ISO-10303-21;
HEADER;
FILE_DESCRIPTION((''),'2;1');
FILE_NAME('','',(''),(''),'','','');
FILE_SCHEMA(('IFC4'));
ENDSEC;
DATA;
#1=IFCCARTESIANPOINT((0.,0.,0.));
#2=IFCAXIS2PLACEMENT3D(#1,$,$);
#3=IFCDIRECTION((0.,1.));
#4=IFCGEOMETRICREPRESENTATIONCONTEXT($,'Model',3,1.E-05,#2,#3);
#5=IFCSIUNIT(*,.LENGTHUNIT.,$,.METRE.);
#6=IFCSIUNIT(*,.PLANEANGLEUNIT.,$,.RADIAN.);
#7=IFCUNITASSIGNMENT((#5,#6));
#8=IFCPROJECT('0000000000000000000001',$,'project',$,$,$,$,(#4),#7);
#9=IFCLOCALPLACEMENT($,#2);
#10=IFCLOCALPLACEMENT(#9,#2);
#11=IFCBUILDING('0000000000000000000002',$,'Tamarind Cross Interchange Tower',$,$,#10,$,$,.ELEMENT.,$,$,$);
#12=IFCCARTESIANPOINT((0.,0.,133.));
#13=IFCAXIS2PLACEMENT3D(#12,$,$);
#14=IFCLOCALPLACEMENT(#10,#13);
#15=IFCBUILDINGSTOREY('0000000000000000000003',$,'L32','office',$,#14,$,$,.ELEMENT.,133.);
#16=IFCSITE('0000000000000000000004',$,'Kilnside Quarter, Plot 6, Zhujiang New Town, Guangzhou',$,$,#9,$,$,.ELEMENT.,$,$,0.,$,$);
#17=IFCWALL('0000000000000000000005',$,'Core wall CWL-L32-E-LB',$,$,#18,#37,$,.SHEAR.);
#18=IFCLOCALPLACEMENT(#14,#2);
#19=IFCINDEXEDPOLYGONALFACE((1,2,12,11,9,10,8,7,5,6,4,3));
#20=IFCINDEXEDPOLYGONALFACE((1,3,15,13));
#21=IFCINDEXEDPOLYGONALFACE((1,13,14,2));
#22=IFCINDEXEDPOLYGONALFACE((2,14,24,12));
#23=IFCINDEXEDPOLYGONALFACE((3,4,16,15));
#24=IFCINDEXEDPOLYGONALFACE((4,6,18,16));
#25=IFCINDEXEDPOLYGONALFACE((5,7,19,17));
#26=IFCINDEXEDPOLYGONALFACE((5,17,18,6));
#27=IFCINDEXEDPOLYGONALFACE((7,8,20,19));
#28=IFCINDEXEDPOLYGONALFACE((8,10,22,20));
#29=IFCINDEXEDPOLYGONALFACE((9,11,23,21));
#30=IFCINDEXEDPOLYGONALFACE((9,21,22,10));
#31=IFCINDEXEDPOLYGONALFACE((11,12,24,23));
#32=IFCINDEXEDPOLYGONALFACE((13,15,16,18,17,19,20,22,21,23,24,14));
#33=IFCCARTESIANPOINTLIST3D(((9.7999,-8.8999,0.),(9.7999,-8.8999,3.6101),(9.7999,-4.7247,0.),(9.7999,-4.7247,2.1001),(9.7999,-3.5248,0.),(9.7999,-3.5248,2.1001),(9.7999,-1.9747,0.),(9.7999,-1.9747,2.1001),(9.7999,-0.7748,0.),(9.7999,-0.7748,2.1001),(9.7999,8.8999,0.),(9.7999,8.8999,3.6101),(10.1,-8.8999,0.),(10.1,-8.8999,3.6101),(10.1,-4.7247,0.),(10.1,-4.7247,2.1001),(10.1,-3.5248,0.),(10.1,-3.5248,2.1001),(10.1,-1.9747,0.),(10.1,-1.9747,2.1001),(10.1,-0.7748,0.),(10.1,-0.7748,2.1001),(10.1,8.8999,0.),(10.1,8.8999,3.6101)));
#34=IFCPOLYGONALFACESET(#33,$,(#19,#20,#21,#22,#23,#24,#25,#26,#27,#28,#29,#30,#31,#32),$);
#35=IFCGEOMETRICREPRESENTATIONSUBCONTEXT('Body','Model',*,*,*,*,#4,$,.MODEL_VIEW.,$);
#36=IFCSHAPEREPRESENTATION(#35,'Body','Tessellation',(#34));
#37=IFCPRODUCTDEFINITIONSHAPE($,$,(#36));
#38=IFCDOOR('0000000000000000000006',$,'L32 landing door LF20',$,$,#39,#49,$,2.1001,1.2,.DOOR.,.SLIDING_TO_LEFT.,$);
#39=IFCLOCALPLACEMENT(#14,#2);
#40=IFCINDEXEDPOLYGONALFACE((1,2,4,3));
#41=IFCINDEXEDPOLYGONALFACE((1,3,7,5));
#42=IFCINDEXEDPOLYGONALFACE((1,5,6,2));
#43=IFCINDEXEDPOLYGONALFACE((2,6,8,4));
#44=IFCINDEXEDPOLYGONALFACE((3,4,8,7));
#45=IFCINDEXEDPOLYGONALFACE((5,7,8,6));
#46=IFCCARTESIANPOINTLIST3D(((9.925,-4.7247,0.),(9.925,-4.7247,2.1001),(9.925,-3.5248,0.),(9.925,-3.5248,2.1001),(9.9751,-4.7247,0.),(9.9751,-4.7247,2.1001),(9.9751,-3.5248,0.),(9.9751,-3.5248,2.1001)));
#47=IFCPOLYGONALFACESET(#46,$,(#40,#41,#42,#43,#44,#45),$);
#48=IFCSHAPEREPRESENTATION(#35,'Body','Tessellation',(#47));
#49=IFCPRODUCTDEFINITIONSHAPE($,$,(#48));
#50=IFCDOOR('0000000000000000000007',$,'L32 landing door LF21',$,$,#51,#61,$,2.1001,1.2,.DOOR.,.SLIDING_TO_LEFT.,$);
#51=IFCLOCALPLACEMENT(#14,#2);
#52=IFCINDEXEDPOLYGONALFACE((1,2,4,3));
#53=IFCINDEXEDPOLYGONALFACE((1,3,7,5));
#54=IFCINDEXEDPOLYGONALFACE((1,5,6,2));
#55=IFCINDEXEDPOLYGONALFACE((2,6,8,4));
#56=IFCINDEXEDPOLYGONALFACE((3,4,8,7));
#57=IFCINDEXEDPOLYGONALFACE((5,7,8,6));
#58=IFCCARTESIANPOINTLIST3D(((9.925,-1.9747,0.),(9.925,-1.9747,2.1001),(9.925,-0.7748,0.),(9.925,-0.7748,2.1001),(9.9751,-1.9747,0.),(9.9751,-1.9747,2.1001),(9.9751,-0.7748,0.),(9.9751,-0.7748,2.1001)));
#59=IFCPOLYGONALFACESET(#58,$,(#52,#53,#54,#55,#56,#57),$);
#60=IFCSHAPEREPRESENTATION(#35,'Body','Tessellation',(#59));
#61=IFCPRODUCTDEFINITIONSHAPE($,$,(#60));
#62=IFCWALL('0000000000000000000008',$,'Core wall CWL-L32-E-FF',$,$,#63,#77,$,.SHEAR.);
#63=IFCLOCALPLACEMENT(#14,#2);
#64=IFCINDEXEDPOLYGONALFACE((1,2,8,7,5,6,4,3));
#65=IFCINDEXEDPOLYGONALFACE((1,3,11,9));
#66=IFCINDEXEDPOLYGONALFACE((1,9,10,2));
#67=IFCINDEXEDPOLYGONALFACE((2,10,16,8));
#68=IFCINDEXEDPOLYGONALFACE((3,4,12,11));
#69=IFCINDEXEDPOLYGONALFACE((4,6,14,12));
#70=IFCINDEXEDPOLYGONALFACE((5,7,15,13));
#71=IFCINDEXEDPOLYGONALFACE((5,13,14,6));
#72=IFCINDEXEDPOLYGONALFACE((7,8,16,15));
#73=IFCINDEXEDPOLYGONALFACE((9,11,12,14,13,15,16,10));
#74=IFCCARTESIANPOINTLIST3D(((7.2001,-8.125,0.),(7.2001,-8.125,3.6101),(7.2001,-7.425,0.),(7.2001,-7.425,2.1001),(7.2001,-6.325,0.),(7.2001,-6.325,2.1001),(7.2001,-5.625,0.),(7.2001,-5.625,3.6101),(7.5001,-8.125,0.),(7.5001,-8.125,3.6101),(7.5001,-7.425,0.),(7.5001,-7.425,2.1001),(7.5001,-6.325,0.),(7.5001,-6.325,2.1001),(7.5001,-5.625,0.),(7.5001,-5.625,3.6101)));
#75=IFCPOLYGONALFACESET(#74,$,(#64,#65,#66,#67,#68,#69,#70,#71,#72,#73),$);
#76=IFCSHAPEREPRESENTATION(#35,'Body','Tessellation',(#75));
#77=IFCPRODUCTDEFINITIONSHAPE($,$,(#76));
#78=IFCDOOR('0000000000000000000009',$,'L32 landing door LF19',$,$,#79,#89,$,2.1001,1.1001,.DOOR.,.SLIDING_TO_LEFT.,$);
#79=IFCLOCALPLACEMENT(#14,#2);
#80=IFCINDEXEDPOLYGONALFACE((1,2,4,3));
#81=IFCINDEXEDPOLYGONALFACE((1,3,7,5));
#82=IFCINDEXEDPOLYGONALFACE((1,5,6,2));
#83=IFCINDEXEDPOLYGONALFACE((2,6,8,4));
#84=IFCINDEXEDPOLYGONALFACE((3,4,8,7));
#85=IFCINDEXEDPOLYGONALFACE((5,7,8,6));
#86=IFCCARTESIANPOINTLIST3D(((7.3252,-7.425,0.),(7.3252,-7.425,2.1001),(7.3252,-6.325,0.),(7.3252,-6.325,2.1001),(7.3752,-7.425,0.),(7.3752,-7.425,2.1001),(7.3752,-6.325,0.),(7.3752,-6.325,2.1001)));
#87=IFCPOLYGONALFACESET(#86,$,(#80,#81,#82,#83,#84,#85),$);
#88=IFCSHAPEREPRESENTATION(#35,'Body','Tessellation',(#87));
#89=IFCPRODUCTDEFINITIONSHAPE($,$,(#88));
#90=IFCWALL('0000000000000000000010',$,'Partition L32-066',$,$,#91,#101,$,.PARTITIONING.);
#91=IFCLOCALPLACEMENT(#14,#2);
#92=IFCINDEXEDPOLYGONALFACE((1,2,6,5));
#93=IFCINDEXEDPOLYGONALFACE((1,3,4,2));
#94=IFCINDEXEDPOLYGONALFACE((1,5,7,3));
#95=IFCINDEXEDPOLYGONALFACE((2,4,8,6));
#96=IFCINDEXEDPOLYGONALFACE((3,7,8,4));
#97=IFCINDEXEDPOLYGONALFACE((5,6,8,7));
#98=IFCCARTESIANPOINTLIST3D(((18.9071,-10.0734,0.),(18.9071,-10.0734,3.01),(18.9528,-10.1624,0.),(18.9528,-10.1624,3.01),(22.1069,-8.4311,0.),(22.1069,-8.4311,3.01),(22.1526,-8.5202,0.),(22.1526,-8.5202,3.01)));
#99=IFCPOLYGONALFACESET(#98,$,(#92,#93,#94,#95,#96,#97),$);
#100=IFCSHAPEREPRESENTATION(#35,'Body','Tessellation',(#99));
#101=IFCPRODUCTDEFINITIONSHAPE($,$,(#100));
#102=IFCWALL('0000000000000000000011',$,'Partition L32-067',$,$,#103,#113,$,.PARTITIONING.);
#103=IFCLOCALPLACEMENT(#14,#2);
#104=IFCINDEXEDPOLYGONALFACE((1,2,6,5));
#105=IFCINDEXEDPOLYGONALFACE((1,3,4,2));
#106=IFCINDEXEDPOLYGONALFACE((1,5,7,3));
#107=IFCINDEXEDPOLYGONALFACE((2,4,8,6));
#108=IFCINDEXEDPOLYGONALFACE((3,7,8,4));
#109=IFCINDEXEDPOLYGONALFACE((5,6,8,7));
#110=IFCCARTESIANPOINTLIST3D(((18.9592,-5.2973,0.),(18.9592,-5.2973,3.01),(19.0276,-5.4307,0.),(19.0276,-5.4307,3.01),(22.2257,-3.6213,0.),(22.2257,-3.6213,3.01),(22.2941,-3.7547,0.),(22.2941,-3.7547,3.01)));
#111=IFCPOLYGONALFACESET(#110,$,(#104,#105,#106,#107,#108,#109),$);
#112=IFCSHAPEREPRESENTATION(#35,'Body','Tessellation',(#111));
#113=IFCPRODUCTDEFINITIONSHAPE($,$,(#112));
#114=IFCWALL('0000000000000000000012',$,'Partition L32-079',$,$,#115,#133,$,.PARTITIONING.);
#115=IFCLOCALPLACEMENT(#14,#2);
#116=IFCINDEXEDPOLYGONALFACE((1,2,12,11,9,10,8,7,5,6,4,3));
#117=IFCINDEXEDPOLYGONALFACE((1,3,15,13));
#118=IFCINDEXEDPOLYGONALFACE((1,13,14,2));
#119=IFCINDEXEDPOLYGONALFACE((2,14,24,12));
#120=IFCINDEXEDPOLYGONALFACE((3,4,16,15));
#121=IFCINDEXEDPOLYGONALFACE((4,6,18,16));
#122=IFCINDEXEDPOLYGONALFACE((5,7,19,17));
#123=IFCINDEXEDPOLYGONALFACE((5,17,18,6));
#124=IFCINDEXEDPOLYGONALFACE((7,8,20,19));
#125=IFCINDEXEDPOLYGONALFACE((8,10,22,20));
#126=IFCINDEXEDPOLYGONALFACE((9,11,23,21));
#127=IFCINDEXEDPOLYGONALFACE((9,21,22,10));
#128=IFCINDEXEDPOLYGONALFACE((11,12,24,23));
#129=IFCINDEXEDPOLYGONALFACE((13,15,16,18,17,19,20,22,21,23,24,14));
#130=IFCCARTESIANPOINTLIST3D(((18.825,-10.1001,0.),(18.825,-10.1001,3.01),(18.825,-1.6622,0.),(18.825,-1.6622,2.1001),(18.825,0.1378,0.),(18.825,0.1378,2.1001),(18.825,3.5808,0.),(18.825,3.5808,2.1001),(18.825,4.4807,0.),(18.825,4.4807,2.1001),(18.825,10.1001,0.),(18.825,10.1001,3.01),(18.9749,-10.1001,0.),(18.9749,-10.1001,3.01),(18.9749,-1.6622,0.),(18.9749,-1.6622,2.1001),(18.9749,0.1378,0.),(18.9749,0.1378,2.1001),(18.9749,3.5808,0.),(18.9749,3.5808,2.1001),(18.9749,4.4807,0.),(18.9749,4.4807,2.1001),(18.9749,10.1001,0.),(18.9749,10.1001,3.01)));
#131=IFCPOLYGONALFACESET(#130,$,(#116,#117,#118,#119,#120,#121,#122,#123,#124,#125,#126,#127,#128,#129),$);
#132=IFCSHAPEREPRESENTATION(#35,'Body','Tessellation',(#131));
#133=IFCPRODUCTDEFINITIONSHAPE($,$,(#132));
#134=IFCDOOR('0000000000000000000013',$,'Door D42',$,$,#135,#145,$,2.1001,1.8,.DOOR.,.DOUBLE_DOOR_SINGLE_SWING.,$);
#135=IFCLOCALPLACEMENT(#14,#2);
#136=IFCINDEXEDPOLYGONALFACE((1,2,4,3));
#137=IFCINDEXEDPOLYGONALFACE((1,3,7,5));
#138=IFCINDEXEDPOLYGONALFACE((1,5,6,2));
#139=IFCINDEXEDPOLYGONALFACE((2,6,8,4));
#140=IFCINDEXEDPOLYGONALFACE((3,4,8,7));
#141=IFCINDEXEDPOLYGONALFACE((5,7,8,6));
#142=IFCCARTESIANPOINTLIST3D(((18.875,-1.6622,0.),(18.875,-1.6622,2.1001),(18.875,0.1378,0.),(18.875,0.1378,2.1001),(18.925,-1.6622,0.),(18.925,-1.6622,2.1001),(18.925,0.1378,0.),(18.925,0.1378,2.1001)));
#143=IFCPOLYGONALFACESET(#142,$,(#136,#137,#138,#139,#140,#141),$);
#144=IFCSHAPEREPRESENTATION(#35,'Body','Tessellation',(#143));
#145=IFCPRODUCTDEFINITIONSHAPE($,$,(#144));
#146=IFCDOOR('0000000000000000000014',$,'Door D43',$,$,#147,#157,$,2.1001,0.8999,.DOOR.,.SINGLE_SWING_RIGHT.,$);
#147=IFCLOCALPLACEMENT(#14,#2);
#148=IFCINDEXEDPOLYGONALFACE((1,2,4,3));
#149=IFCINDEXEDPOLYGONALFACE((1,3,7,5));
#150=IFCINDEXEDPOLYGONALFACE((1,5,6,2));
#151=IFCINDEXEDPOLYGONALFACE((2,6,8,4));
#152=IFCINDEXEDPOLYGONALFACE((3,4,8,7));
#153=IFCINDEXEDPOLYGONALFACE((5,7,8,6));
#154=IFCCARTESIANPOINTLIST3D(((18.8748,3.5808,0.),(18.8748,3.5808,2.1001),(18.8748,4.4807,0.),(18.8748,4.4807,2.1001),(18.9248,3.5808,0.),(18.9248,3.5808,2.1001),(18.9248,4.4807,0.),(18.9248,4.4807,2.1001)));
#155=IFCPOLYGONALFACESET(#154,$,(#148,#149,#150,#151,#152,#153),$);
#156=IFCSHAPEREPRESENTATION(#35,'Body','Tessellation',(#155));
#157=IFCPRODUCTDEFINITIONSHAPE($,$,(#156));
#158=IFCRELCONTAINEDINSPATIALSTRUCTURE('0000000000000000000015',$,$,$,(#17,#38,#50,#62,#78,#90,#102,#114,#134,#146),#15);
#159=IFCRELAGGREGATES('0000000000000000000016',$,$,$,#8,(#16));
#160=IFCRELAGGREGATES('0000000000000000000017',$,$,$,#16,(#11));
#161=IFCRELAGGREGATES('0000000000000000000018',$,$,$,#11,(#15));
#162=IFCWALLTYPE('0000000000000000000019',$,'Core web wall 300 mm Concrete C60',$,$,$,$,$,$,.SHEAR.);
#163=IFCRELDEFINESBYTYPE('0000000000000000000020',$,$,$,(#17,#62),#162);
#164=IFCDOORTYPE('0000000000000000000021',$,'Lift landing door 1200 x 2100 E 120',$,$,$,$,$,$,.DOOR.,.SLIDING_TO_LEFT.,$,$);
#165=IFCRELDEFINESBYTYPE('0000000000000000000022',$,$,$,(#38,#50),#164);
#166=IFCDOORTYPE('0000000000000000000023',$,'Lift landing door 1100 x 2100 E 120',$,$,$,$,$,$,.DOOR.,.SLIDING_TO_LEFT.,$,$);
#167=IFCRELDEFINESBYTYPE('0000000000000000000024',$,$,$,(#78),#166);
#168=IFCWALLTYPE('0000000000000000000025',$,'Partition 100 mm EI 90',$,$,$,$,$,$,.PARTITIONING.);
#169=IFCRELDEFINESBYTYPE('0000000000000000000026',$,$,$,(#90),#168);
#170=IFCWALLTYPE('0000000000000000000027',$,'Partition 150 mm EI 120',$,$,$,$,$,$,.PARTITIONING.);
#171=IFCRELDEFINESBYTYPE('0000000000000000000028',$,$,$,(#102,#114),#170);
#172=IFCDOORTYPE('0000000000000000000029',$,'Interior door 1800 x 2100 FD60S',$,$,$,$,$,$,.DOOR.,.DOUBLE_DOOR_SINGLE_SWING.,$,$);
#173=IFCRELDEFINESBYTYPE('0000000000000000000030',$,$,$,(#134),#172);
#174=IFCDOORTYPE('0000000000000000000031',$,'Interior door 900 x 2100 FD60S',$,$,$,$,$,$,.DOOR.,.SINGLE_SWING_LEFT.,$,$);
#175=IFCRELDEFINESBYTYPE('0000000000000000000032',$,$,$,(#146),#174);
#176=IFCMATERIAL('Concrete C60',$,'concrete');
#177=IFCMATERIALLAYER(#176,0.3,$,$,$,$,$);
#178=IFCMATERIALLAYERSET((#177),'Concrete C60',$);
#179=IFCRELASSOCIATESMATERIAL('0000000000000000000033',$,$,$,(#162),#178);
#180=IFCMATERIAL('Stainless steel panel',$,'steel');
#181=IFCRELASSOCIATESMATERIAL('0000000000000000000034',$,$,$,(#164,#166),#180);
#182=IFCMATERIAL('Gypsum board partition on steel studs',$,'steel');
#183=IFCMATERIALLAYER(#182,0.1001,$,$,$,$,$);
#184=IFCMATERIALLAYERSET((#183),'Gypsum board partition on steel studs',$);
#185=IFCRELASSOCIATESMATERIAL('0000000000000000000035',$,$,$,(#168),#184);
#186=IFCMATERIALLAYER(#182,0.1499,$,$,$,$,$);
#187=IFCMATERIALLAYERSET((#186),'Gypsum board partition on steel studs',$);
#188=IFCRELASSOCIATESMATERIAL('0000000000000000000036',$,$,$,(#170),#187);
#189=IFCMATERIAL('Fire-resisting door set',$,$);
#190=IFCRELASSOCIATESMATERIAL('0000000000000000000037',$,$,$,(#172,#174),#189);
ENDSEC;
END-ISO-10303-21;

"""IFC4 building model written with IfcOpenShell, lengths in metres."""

from ifc_helpers import new_model, si_unit, direction, frame, frame_2d, origin, place, context, subcontext, project, spatial, rectangle, extrude, material, layer, layer_set, type_object, element, fill, save


model = new_model("IFC4")

# Units and contexts
model_context = context("Model", 3, precision=1e-05, world=origin(), true_north=direction((0.0, 1.0)))
body_context = subcontext(model_context, "Body", "Model", "MODEL_VIEW")
ifc_project = project(units=[si_unit("LENGTHUNIT", "METRE"), si_unit("PLANEANGLEUNIT", "RADIAN")], contexts=[model_context])

# Site, building, storey
site_placement = place(None, origin())
site = spatial("IfcSite", under=ifc_project, at=site_placement, Name="Kilnside Quarter, Plot 6, Zhujiang New Town, Guangzhou", CompositionType="ELEMENT", RefElevation=0.0)
building_placement = place(site_placement, origin())
building = spatial("IfcBuilding", under=site, at=building_placement, Name="Tamarind Cross Interchange Tower", CompositionType="ELEMENT")
storey_placement = place(building_placement, frame((0.0, 0.0, 133.0)))
storey = spatial("IfcBuildingStorey", under=building, at=storey_placement, Name="L32", Description="office", CompositionType="ELEMENT", Elevation=133.0)

# Shared definitions
ifc_material_1 = material(Name="Concrete C60", Category="concrete")

# Shared definitions
ifc_layer_1 = layer(ifc_material_1, 0.3)
ifc_layer_set_1 = layer_set([ifc_layer_1], Name="Concrete C60")
wall_type_1 = type_object("IfcWallType", Name="Core web wall 300 mm Concrete C60", PredefinedType="SHEAR", material=ifc_layer_set_1)

# Shared definitions
ifc_material_2 = material(Name="Stainless steel panel", Category="steel")

# Wall, openings, doors
wall_1_placement = place(storey_placement, frame((9.95, -8.8999, 0.0), z_axis=(0.0, 0.0, 1.0), x_axis=(0.0, 1.0, 0.0)))
wall_1 = element("IfcWall", 1, at=wall_1_placement, inside=storey, type_object=wall_type_1, Name="Core wall CWL-L32-E-LB", PredefinedType="SHEAR", context=body_context, shape_type="SweptSolid", body=[
    extrude(rectangle(XDim=17.7998, YDim=0.3, at=frame_2d((8.8999, 0.0))), origin(), (0.0, 0.0, 1.0), 3.6101),
])
opening_1_placement = place(wall_1_placement, frame((4.175, 0.0, 0.0)))
opening_1 = element("IfcOpeningElement", 2, at=opening_1_placement, cuts=wall_1, PredefinedType="OPENING", context=body_context, shape_type="SweptSolid", body=[
    extrude(rectangle(XDim=1.2, YDim=2.1001, at=frame_2d((0.6001, 1.05))), frame((0.0, 0.1599, 0.0), z_axis=(0.0, -1.0, 0.0), x_axis=(1.0, 0.0, 0.0)), (0.0, 0.0, 1.0), 0.3201),
])
opening_2_placement = place(wall_1_placement, frame((6.925, 0.0, 0.0)))
opening_2 = element("IfcOpeningElement", 3, at=opening_2_placement, cuts=wall_1, PredefinedType="OPENING", context=body_context, shape_type="SweptSolid", body=[
    extrude(rectangle(XDim=1.2, YDim=2.1001, at=frame_2d((0.6001, 1.05))), frame((0.0, 0.1599, 0.0), z_axis=(0.0, -1.0, 0.0), x_axis=(1.0, 0.0, 0.0)), (0.0, 0.0, 1.0), 0.3201),
])
door_type_1 = type_object("IfcDoorType", Name="Lift landing door 1200 x 2100 E 120", OperationType="SLIDING_TO_LEFT", PredefinedType="DOOR", material=ifc_material_2)
door_1_placement = place(opening_1_placement, origin())
door_1 = element("IfcDoor", 4, at=door_1_placement, inside=storey, type_object=door_type_1, Name="L32 landing door LF20", OperationType="SLIDING_TO_LEFT", OverallHeight=2.1001, OverallWidth=1.2, PredefinedType="DOOR", context=body_context, shape_type="SweptSolid", body=[
    extrude(rectangle(XDim=1.2, YDim=2.1001, at=frame_2d((0.6001, 1.05))), frame((0.0, 0.0249, 0.0), z_axis=(0.0, -1.0, 0.0), x_axis=(1.0, 0.0, 0.0)), (0.0, 0.0, 1.0), 0.05),
])
fill(opening_1, door_1)
door_2_placement = place(opening_2_placement, origin())
door_2 = element("IfcDoor", 5, at=door_2_placement, inside=storey, type_object=door_type_1, Name="L32 landing door LF21", OperationType="SLIDING_TO_LEFT", OverallHeight=2.1001, OverallWidth=1.2, PredefinedType="DOOR", context=body_context, shape_type="SweptSolid", body=[
    extrude(rectangle(XDim=1.2, YDim=2.1001, at=frame_2d((0.6001, 1.05))), frame((0.0, 0.0249, 0.0), z_axis=(0.0, -1.0, 0.0), x_axis=(1.0, 0.0, 0.0)), (0.0, 0.0, 1.0), 0.05),
])
fill(opening_2, door_2)

# Wall, opening, door
wall_2_placement = place(storey_placement, frame((7.3501, -8.125, 0.0), z_axis=(0.0, 0.0, 1.0), x_axis=(0.0, 1.0, 0.0)))
wall_2 = element("IfcWall", 6, at=wall_2_placement, inside=storey, type_object=wall_type_1, Name="Core wall CWL-L32-E-FF", PredefinedType="SHEAR", context=body_context, shape_type="SweptSolid", body=[
    extrude(rectangle(XDim=2.5, YDim=0.3, at=frame_2d((1.25, 0.0))), origin(), (0.0, 0.0, 1.0), 3.6101),
])
opening_3_placement = place(wall_2_placement, frame((0.7, 0.0, 0.0)))
opening_3 = element("IfcOpeningElement", 7, at=opening_3_placement, cuts=wall_2, PredefinedType="OPENING", context=body_context, shape_type="SweptSolid", body=[
    extrude(rectangle(XDim=1.1001, YDim=2.1001, at=frame_2d((0.55, 1.05))), frame((0.0, 0.1599, 0.0), z_axis=(0.0, -1.0, 0.0), x_axis=(1.0, 0.0, 0.0)), (0.0, 0.0, 1.0), 0.3201),
])
door_type_2 = type_object("IfcDoorType", Name="Lift landing door 1100 x 2100 E 120", OperationType="SLIDING_TO_LEFT", PredefinedType="DOOR", material=ifc_material_2)
door_3_placement = place(opening_3_placement, origin())
door_3 = element("IfcDoor", 8, at=door_3_placement, inside=storey, type_object=door_type_2, Name="L32 landing door LF19", OperationType="SLIDING_TO_LEFT", OverallHeight=2.1001, OverallWidth=1.1001, PredefinedType="DOOR", context=body_context, shape_type="SweptSolid", body=[
    extrude(rectangle(XDim=1.1001, YDim=2.1001, at=frame_2d((0.55, 1.05))), frame((0.0, 0.0249, 0.0), z_axis=(0.0, -1.0, 0.0), x_axis=(1.0, 0.0, 0.0)), (0.0, 0.0, 1.0), 0.05),
])
fill(opening_3, door_3)

# Walls
ifc_material_3 = material(Name="Gypsum board partition on steel studs", Category="steel")
ifc_layer_2 = layer(ifc_material_3, 0.1001)
ifc_layer_set_2 = layer_set([ifc_layer_2], Name="Gypsum board partition on steel studs")
wall_type_2 = type_object("IfcWallType", Name="Partition 100 mm EI 90", PredefinedType="PARTITIONING", material=ifc_layer_set_2)
wall_3_placement = place(storey_placement, frame((18.9299, -10.1179, 0.0), z_axis=(0.0, 0.0, 1.0), x_axis=(0.889667, 0.45661, 0.0)))
element("IfcWall", 9, at=wall_3_placement, inside=storey, type_object=wall_type_2, Name="Partition L32-066", PredefinedType="PARTITIONING", context=body_context, shape_type="SweptSolid", body=[
    extrude(rectangle(XDim=3.5967, YDim=0.1001, at=frame_2d((1.7983, 0.0))), origin(), (0.0, 0.0, 1.0), 3.01),
])
ifc_layer_3 = layer(ifc_material_3, 0.1499)
ifc_layer_set_3 = layer_set([ifc_layer_3], Name="Gypsum board partition on steel studs")
wall_type_3 = type_object("IfcWallType", Name="Partition 150 mm EI 120", PredefinedType="PARTITIONING", material=ifc_layer_set_3)
wall_4_placement = place(storey_placement, frame((18.9934, -5.364, 0.0), z_axis=(0.0, 0.0, 1.0), x_axis=(0.889724, 0.456499, 0.0)))
element("IfcWall", 10, at=wall_4_placement, inside=storey, type_object=wall_type_3, Name="Partition L32-067", PredefinedType="PARTITIONING", context=body_context, shape_type="SweptSolid", body=[
    extrude(rectangle(XDim=3.6714, YDim=0.1499, at=frame_2d((1.8357, 0.0))), origin(), (0.0, 0.0, 1.0), 3.01),
])

# Wall, openings, doors
wall_5_placement = place(storey_placement, frame((18.8999, -10.1001, 0.0), z_axis=(0.0, 0.0, 1.0), x_axis=(0.0, 1.0, 0.0)))
wall_5 = element("IfcWall", 11, at=wall_5_placement, inside=storey, type_object=wall_type_3, Name="Partition L32-079", PredefinedType="PARTITIONING", context=body_context, shape_type="SweptSolid", body=[
    extrude(rectangle(XDim=20.2002, YDim=0.1499, at=frame_2d((10.1001, 0.0))), origin(), (0.0, 0.0, 1.0), 3.01),
])
opening_4_placement = place(wall_5_placement, frame((8.438, 0.0, 0.0)))
opening_4 = element("IfcOpeningElement", 12, at=opening_4_placement, cuts=wall_5, PredefinedType="OPENING", context=body_context, shape_type="SweptSolid", body=[
    extrude(rectangle(XDim=1.8, YDim=2.1001, at=frame_2d((0.8999, 1.05))), frame((0.0, 0.085, 0.0), z_axis=(0.0, -1.0, 0.0), x_axis=(1.0, 0.0, 0.0)), (0.0, 0.0, 1.0), 0.1699),
])
opening_5_placement = place(wall_5_placement, frame((13.6809, 0.0, 0.0)))
opening_5 = element("IfcOpeningElement", 13, at=opening_5_placement, cuts=wall_5, PredefinedType="OPENING", context=body_context, shape_type="SweptSolid", body=[
    extrude(rectangle(XDim=0.8999, YDim=2.1001, at=frame_2d((0.45, 1.05))), frame((0.0, 0.085, 0.0), z_axis=(0.0, -1.0, 0.0), x_axis=(1.0, 0.0, 0.0)), (0.0, 0.0, 1.0), 0.1699),
])
ifc_material_4 = material(Name="Fire-resisting door set")
door_type_3 = type_object("IfcDoorType", Name="Interior door 1800 x 2100 FD60S", OperationType="DOUBLE_DOOR_SINGLE_SWING", PredefinedType="DOOR", material=ifc_material_4)
door_4_placement = place(opening_4_placement, origin())
door_4 = element("IfcDoor", 14, at=door_4_placement, inside=storey, type_object=door_type_3, Name="Door D42", OperationType="DOUBLE_DOOR_SINGLE_SWING", OverallHeight=2.1001, OverallWidth=1.8, PredefinedType="DOOR", context=body_context, shape_type="SweptSolid", body=[
    extrude(rectangle(XDim=1.8, YDim=2.1001, at=frame_2d((0.8999, 1.05))), frame((0.0, 0.0249, 0.0), z_axis=(0.0, -1.0, 0.0), x_axis=(1.0, 0.0, 0.0)), (0.0, 0.0, 1.0), 0.05),
])
fill(opening_4, door_4)
door_type_4 = type_object("IfcDoorType", Name="Interior door 900 x 2100 FD60S", OperationType="SINGLE_SWING_LEFT", PredefinedType="DOOR", material=ifc_material_4)
door_5_placement = place(opening_5_placement, frame((0.8999, 0.0, 0.0), z_axis=(0.0, 0.0, 1.0), x_axis=(-1.0, 0.0, 0.0)))
door_5 = element("IfcDoor", 15, at=door_5_placement, inside=storey, type_object=door_type_4, Name="Door D43", OperationType="SINGLE_SWING_RIGHT", OverallHeight=2.1001, OverallWidth=0.8999, PredefinedType="DOOR", context=body_context, shape_type="SweptSolid", body=[
    extrude(rectangle(XDim=0.8999, YDim=2.1001, at=frame_2d((0.45, 1.05))), frame((0.0, 0.0249, 0.0), z_axis=(0.0, -1.0, 0.0), x_axis=(1.0, 0.0, 0.0)), (0.0, 0.0, 1.0), 0.05),
])
fill(opening_5, door_5)

save(model, "model.ifc")
